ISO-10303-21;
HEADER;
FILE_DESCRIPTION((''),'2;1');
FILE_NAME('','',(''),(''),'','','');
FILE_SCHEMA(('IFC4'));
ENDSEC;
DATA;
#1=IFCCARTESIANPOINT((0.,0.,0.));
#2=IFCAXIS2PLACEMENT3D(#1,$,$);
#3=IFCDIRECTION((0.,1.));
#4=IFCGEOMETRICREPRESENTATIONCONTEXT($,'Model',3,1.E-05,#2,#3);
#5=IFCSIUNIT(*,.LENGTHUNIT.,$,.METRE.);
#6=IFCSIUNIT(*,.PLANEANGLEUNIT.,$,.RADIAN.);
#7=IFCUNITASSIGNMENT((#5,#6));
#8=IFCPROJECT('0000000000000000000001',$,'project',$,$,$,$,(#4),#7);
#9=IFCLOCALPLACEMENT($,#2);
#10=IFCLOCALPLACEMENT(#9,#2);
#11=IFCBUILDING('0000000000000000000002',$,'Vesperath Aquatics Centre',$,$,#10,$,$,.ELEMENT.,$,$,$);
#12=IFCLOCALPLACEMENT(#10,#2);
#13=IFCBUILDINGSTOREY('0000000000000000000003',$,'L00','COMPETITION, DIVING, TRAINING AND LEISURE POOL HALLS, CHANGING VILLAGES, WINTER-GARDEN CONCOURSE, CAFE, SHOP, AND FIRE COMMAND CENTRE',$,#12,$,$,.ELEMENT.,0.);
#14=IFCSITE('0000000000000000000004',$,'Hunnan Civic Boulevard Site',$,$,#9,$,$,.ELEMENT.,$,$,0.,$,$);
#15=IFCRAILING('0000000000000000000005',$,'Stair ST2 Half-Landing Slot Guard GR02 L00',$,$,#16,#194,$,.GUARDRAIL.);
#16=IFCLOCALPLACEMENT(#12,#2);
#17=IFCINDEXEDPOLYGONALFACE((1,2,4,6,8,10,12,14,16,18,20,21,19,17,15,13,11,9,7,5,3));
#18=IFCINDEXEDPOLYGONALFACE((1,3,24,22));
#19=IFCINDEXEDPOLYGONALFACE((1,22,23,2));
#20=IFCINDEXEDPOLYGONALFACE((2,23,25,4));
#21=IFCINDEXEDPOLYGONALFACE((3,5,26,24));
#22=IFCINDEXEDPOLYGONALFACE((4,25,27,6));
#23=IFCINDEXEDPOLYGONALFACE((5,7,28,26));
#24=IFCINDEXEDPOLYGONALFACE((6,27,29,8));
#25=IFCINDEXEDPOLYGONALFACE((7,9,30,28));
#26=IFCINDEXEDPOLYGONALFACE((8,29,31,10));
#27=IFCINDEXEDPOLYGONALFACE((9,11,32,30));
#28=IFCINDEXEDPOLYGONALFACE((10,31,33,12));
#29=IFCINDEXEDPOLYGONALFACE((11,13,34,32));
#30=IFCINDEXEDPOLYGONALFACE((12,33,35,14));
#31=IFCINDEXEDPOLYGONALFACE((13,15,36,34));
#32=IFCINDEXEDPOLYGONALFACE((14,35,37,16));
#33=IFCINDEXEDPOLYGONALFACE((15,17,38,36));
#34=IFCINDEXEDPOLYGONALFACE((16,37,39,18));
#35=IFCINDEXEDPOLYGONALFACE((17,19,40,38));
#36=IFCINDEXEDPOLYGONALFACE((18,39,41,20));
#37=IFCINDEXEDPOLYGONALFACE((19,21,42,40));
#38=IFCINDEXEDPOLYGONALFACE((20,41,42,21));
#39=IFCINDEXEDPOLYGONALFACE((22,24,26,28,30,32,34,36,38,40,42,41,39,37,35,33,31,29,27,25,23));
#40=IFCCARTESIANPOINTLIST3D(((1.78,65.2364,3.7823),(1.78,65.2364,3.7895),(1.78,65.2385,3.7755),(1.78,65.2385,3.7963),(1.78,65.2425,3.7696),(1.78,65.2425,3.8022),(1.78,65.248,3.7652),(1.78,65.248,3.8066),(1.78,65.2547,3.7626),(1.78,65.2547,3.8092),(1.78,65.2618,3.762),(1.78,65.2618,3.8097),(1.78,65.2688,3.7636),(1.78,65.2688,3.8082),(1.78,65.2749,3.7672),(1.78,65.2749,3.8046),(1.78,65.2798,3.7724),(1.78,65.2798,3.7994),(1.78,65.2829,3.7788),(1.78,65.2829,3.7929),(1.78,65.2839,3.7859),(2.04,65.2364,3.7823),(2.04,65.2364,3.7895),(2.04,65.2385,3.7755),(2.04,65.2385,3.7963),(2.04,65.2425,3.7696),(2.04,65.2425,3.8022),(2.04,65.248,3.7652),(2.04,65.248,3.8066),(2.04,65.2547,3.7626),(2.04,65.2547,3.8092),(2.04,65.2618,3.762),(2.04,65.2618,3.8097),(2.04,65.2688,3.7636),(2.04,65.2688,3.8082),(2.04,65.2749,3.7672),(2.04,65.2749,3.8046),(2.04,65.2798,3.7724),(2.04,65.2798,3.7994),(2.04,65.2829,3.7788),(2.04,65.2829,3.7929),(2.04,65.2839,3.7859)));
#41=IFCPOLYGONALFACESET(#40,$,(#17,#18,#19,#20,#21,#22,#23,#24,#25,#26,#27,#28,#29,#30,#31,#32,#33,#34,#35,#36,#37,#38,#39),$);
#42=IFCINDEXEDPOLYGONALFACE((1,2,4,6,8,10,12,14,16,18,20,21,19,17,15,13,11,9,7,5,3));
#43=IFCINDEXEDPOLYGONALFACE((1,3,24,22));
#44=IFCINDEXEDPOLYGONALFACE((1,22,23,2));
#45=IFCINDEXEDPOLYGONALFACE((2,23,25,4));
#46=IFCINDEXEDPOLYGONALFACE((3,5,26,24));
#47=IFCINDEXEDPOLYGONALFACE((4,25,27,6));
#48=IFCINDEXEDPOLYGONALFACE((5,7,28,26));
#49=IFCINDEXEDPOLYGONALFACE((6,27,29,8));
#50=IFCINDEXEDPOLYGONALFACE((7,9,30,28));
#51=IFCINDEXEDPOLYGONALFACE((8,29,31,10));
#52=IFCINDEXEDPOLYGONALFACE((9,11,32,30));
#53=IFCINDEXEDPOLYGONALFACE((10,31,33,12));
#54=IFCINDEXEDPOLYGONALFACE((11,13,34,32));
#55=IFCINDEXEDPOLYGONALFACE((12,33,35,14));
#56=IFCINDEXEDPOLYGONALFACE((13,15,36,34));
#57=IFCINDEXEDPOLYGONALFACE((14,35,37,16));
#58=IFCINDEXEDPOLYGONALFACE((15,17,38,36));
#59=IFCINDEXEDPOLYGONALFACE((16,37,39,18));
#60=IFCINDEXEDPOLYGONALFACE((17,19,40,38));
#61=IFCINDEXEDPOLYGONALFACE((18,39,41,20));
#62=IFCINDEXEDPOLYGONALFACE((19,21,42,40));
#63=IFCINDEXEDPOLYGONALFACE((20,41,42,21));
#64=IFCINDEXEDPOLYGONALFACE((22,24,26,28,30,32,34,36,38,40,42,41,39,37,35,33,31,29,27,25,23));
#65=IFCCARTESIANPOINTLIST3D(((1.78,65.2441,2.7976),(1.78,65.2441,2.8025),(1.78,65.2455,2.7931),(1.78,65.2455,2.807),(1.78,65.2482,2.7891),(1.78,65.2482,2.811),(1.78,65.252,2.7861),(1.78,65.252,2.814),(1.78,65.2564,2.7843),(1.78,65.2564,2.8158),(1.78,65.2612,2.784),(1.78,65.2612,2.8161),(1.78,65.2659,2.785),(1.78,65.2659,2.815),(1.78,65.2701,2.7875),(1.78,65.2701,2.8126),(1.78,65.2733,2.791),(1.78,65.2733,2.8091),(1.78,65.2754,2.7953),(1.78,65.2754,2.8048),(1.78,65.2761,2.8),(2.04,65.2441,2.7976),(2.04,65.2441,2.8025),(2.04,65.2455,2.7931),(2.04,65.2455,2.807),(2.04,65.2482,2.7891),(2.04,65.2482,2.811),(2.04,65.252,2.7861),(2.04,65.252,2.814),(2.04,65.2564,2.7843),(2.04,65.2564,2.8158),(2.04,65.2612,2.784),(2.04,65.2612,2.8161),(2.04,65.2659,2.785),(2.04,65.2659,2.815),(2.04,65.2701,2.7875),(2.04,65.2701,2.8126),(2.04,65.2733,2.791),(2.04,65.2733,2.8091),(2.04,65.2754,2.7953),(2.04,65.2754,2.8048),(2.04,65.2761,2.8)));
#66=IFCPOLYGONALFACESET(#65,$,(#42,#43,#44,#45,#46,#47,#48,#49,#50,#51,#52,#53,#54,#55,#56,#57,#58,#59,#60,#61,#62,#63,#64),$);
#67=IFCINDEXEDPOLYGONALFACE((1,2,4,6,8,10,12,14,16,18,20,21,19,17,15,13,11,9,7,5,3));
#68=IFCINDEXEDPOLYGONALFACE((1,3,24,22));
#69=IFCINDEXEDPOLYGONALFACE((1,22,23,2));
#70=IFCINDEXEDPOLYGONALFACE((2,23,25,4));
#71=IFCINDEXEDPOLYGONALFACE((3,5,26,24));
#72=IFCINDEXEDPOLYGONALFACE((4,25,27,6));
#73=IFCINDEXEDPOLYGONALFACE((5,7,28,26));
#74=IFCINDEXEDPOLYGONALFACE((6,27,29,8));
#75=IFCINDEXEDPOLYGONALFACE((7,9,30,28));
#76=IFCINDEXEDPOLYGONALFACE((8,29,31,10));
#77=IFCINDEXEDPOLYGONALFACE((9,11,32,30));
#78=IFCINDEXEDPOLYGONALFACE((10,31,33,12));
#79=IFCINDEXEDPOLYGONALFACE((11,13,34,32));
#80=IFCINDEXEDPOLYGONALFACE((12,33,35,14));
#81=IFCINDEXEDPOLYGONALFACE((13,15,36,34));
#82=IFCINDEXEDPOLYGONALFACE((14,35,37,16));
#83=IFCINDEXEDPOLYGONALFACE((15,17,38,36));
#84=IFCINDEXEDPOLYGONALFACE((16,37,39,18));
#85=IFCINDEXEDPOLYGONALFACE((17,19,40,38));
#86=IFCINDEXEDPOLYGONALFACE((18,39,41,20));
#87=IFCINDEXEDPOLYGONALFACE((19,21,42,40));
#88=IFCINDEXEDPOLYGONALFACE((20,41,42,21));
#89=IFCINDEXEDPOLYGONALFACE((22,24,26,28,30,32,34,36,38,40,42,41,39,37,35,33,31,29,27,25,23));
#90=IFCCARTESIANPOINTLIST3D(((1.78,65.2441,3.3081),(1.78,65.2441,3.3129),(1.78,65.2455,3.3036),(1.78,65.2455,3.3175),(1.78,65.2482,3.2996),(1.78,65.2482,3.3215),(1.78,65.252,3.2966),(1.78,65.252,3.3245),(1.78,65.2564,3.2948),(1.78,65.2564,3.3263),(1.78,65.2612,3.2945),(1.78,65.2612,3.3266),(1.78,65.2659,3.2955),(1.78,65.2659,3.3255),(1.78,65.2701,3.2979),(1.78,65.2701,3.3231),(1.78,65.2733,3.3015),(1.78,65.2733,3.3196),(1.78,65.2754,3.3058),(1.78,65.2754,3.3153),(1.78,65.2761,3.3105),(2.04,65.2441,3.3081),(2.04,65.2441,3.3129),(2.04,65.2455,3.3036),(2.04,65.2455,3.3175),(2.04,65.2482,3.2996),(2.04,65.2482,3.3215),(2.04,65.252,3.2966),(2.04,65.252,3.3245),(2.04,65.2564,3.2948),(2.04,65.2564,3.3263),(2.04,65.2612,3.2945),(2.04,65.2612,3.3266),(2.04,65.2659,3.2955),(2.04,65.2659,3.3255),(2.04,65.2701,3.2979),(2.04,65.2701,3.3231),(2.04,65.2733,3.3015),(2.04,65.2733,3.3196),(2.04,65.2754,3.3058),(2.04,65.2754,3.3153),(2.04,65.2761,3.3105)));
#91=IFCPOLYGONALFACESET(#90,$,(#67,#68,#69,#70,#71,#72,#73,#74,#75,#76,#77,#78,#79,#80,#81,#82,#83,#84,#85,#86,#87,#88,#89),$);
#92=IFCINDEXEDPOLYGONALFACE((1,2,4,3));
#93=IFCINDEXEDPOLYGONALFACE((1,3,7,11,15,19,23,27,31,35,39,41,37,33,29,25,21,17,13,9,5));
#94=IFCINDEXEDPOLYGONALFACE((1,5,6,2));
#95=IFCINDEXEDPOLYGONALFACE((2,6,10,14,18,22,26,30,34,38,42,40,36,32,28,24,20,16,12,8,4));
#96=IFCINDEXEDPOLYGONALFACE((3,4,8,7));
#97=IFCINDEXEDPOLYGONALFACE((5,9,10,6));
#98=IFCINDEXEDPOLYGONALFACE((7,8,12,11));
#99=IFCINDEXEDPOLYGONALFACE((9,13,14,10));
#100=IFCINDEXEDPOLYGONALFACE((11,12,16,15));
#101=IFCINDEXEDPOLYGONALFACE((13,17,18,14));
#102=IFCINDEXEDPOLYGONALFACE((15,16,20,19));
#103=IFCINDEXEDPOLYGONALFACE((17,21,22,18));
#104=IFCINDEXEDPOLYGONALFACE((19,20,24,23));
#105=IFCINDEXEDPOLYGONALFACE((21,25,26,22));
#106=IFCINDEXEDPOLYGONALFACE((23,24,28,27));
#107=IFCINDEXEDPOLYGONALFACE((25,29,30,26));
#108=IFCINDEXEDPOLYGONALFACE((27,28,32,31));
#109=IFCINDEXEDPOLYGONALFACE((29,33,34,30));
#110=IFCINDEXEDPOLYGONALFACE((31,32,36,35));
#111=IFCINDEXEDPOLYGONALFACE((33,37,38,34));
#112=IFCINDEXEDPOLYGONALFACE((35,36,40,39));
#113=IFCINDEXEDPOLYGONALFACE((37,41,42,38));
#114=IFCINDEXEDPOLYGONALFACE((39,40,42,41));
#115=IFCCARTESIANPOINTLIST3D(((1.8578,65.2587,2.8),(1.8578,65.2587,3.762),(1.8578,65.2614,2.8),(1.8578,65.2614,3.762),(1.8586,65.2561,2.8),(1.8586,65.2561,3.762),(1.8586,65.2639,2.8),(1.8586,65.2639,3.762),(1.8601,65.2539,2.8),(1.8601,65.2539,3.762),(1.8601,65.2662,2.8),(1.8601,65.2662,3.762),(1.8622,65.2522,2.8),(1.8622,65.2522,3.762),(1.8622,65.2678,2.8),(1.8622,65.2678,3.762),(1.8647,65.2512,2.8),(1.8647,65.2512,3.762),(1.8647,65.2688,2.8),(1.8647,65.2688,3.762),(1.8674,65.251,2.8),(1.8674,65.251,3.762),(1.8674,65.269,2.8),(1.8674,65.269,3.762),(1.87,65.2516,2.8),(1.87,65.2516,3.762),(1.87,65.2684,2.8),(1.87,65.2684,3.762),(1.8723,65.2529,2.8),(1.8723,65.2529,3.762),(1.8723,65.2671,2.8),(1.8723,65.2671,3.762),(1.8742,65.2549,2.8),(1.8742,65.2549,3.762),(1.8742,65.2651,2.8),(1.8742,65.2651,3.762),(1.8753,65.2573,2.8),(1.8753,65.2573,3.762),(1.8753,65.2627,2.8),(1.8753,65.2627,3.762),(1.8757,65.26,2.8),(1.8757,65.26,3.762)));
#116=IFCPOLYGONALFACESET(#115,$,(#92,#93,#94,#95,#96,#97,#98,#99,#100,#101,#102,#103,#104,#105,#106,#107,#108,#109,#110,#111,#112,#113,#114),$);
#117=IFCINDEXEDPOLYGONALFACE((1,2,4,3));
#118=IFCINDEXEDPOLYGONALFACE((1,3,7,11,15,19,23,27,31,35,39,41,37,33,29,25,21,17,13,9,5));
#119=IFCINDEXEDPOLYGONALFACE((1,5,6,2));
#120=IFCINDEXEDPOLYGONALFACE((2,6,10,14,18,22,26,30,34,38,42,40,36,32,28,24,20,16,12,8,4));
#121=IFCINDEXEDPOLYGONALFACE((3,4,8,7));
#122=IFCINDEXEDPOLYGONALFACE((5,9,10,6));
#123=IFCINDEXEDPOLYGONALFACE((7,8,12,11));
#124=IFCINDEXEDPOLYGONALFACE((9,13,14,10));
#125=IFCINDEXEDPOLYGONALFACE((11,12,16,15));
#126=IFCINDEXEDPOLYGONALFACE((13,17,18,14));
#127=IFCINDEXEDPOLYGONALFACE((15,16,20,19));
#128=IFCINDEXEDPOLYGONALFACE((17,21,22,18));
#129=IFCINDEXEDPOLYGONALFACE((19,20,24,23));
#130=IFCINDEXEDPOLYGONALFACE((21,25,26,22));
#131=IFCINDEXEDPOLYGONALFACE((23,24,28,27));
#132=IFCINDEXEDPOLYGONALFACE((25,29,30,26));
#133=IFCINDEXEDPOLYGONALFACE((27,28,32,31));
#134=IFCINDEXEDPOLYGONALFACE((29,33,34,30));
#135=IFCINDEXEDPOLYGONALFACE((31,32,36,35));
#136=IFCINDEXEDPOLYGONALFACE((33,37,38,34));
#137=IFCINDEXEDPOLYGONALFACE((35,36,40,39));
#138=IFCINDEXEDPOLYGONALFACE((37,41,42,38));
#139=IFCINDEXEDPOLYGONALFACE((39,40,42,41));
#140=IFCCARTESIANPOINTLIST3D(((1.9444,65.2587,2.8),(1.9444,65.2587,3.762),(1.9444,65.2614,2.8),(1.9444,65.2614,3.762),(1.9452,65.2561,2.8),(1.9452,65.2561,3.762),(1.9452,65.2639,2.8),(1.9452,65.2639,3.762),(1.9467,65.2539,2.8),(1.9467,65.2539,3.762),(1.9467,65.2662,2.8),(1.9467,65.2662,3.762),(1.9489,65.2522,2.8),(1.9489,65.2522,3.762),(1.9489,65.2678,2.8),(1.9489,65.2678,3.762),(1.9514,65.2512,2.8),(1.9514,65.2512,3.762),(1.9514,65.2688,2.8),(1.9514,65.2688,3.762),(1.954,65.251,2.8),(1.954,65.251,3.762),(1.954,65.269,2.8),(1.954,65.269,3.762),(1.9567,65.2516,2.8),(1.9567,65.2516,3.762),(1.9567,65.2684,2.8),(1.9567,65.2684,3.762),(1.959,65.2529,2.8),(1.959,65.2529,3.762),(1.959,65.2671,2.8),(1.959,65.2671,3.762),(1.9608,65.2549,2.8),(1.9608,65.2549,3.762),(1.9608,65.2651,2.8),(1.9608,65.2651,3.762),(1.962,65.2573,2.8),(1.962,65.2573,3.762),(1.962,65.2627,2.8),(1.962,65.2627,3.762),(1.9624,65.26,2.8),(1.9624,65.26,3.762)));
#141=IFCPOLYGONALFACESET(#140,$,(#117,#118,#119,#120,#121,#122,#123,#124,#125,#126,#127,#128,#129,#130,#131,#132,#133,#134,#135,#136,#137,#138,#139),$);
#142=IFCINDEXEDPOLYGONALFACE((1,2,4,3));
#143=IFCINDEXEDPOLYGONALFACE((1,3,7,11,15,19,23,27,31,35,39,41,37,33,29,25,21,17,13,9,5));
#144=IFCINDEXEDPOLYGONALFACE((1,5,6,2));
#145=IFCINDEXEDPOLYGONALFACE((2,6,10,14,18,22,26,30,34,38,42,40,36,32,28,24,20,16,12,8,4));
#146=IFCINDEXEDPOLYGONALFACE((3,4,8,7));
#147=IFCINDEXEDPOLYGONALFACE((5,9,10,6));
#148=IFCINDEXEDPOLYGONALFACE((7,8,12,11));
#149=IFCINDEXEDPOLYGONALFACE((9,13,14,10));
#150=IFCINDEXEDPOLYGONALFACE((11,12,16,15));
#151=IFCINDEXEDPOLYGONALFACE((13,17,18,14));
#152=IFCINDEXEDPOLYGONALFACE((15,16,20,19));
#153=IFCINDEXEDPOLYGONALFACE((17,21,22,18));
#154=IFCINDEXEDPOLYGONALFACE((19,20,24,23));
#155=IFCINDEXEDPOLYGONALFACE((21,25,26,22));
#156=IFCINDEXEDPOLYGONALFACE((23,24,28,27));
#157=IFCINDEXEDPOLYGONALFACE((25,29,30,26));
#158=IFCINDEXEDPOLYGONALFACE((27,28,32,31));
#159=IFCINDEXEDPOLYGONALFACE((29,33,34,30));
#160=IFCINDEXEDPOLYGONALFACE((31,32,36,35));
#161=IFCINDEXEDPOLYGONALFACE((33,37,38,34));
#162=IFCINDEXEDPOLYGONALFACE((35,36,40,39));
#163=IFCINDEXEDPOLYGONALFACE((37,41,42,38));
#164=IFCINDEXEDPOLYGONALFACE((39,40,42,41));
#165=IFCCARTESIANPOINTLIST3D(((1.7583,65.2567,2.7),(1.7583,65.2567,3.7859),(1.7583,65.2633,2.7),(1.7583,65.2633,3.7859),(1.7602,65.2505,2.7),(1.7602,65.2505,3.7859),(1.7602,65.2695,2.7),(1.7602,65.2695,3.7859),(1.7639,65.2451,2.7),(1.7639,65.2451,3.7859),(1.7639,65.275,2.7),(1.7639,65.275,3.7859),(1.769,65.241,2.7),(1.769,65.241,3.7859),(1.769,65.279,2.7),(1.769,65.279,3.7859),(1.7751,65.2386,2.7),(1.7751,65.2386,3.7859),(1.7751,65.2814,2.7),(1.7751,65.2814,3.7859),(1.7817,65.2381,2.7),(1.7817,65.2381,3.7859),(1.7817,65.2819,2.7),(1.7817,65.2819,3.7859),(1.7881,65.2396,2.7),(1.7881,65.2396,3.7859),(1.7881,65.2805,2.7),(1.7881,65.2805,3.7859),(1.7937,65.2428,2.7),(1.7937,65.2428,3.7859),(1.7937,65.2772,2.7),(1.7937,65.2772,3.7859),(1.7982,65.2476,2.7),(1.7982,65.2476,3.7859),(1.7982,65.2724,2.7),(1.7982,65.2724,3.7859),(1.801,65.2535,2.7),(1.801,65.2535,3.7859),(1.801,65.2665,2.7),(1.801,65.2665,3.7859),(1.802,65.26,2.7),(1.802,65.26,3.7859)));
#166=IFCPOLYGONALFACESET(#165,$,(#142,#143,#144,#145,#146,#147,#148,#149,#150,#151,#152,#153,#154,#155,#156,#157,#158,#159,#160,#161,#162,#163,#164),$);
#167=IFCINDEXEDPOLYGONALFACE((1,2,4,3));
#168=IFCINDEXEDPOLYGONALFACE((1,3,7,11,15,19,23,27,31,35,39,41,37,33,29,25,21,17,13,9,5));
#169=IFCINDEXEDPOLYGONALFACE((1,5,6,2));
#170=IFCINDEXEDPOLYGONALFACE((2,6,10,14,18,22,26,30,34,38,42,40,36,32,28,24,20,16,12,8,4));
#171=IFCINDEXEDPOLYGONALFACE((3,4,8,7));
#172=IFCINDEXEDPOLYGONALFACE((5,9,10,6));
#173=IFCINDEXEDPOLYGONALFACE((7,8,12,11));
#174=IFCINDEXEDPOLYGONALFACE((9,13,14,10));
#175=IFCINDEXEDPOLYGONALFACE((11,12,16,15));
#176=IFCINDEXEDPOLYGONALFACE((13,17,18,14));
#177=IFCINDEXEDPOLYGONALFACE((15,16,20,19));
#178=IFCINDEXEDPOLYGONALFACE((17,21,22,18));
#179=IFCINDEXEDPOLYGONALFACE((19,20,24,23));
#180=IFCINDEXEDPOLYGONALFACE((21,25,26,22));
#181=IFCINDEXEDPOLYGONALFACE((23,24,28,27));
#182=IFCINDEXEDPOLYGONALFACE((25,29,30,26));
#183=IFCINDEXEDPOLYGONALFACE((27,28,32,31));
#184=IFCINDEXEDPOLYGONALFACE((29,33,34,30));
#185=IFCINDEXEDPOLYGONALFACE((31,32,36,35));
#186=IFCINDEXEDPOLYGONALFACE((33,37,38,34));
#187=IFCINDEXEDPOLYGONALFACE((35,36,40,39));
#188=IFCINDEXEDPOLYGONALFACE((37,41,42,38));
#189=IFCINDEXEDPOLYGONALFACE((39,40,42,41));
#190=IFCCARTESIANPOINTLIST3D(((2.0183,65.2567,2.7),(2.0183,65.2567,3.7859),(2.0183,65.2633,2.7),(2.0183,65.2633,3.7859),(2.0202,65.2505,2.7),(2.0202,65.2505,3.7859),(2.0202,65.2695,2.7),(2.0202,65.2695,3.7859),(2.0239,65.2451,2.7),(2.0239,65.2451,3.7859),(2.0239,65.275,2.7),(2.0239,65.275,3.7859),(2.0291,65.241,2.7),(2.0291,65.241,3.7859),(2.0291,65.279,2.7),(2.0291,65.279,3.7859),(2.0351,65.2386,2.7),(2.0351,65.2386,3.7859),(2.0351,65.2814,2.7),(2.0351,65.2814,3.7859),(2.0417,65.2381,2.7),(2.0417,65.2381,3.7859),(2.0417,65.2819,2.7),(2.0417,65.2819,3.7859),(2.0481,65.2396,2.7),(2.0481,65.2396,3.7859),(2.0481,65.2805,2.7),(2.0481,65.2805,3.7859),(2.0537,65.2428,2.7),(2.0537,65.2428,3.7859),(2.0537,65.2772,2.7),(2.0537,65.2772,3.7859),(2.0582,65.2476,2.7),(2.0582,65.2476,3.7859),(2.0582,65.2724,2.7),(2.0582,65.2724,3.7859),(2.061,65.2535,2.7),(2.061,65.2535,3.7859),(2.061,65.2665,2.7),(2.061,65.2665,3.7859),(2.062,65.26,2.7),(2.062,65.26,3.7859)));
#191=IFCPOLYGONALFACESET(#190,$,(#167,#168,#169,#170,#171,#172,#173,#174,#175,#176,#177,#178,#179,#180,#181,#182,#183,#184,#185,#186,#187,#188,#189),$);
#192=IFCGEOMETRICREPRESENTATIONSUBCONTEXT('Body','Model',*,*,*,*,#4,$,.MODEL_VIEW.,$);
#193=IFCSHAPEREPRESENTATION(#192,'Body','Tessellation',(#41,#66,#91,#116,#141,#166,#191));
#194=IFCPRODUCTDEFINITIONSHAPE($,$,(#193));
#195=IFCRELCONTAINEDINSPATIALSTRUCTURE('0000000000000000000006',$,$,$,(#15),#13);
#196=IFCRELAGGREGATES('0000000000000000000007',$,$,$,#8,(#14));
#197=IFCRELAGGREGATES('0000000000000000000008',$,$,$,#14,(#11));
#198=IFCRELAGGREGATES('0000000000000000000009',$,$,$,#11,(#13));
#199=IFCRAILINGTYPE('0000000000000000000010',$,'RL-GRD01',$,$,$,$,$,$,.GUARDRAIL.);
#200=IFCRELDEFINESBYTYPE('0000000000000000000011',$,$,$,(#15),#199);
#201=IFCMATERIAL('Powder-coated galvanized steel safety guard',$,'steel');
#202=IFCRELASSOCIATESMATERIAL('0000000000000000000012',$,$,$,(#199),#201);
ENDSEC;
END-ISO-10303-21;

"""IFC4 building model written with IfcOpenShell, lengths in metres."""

from ifc_helpers import new_model, si_unit, direction, frame, origin, origin_2d, place, context, subcontext, project, spatial, circle, extrude, material, type_object, element, save


model = new_model("IFC4")

# Units and contexts
model_context = context("Model", 3, precision=1e-05, world=origin(), true_north=direction((0.0, 1.0)))
body_context = subcontext(model_context, "Body", "Model", "MODEL_VIEW")
ifc_project = project(units=[si_unit("LENGTHUNIT", "METRE"), si_unit("PLANEANGLEUNIT", "RADIAN")], contexts=[model_context])

# Site, building, storey
site_placement = place(None, origin())
site = spatial("IfcSite", under=ifc_project, at=site_placement, Name="Hunnan Civic Boulevard Site", CompositionType="ELEMENT", RefElevation=0.0)
building_placement = place(site_placement, origin())
building = spatial("IfcBuilding", under=site, at=building_placement, Name="Vesperath Aquatics Centre", CompositionType="ELEMENT")
storey_placement = place(building_placement, origin())
storey = spatial("IfcBuildingStorey", under=building, at=storey_placement, Name="L00", Description="COMPETITION, DIVING, TRAINING AND LEISURE POOL HALLS, CHANGING VILLAGES, WINTER-GARDEN CONCOURSE, CAFE, SHOP, AND FIRE COMMAND CENTRE", CompositionType="ELEMENT", Elevation=0.0)

# Railing
ifc_material_1 = material(Name="Powder-coated galvanized steel safety guard", Category="steel")
railing_type_1 = type_object("IfcRailingType", Name="RL-GRD01", PredefinedType="GUARDRAIL", material=ifc_material_1)
railing_1_placement = place(storey_placement, frame((1.78, 65.26, 2.7)))
element("IfcRailing", 1, at=railing_1_placement, inside=storey, type_object=railing_type_1, Name="Stair ST2 Half-Landing Slot Guard GR02 L00", PredefinedType="GUARDRAIL", context=body_context, shape_type="SweptSolid", body=[
    extrude(circle(Radius=0.0239, at=origin_2d()), frame((0.0, 0.0, 1.0859), z_axis=(1.0, 0.0, 0.0), x_axis=(0.0, 1.0, 0.0)), (0.0, 0.0, 1.0), 0.26),
    extrude(circle(Radius=0.0161, at=origin_2d()), frame((0.0, 0.0, 0.1001), z_axis=(1.0, 0.0, 0.0), x_axis=(0.0, 1.0, 0.0)), (0.0, 0.0, 1.0), 0.26),
    extrude(circle(Radius=0.0161, at=origin_2d()), frame((0.0, 0.0, 0.6106), z_axis=(1.0, 0.0, 0.0), x_axis=(0.0, 1.0, 0.0)), (0.0, 0.0, 1.0), 0.26),
    extrude(circle(Radius=0.009, at=origin_2d()), frame((0.0867, 0.0, 0.1001)), (0.0, 0.0, 1.0), 0.9619),
    extrude(circle(Radius=0.009, at=origin_2d()), frame((0.1733, 0.0, 0.1001)), (0.0, 0.0, 1.0), 0.9619),
    extrude(circle(Radius=0.022, at=origin_2d()), origin(), (0.0, 0.0, 1.0), 1.0859),
    extrude(circle(Radius=0.022, at=origin_2d()), frame((0.26, 0.0, 0.0)), (0.0, 0.0, 1.0), 1.0859),
])

save(model, "model.ifc")
